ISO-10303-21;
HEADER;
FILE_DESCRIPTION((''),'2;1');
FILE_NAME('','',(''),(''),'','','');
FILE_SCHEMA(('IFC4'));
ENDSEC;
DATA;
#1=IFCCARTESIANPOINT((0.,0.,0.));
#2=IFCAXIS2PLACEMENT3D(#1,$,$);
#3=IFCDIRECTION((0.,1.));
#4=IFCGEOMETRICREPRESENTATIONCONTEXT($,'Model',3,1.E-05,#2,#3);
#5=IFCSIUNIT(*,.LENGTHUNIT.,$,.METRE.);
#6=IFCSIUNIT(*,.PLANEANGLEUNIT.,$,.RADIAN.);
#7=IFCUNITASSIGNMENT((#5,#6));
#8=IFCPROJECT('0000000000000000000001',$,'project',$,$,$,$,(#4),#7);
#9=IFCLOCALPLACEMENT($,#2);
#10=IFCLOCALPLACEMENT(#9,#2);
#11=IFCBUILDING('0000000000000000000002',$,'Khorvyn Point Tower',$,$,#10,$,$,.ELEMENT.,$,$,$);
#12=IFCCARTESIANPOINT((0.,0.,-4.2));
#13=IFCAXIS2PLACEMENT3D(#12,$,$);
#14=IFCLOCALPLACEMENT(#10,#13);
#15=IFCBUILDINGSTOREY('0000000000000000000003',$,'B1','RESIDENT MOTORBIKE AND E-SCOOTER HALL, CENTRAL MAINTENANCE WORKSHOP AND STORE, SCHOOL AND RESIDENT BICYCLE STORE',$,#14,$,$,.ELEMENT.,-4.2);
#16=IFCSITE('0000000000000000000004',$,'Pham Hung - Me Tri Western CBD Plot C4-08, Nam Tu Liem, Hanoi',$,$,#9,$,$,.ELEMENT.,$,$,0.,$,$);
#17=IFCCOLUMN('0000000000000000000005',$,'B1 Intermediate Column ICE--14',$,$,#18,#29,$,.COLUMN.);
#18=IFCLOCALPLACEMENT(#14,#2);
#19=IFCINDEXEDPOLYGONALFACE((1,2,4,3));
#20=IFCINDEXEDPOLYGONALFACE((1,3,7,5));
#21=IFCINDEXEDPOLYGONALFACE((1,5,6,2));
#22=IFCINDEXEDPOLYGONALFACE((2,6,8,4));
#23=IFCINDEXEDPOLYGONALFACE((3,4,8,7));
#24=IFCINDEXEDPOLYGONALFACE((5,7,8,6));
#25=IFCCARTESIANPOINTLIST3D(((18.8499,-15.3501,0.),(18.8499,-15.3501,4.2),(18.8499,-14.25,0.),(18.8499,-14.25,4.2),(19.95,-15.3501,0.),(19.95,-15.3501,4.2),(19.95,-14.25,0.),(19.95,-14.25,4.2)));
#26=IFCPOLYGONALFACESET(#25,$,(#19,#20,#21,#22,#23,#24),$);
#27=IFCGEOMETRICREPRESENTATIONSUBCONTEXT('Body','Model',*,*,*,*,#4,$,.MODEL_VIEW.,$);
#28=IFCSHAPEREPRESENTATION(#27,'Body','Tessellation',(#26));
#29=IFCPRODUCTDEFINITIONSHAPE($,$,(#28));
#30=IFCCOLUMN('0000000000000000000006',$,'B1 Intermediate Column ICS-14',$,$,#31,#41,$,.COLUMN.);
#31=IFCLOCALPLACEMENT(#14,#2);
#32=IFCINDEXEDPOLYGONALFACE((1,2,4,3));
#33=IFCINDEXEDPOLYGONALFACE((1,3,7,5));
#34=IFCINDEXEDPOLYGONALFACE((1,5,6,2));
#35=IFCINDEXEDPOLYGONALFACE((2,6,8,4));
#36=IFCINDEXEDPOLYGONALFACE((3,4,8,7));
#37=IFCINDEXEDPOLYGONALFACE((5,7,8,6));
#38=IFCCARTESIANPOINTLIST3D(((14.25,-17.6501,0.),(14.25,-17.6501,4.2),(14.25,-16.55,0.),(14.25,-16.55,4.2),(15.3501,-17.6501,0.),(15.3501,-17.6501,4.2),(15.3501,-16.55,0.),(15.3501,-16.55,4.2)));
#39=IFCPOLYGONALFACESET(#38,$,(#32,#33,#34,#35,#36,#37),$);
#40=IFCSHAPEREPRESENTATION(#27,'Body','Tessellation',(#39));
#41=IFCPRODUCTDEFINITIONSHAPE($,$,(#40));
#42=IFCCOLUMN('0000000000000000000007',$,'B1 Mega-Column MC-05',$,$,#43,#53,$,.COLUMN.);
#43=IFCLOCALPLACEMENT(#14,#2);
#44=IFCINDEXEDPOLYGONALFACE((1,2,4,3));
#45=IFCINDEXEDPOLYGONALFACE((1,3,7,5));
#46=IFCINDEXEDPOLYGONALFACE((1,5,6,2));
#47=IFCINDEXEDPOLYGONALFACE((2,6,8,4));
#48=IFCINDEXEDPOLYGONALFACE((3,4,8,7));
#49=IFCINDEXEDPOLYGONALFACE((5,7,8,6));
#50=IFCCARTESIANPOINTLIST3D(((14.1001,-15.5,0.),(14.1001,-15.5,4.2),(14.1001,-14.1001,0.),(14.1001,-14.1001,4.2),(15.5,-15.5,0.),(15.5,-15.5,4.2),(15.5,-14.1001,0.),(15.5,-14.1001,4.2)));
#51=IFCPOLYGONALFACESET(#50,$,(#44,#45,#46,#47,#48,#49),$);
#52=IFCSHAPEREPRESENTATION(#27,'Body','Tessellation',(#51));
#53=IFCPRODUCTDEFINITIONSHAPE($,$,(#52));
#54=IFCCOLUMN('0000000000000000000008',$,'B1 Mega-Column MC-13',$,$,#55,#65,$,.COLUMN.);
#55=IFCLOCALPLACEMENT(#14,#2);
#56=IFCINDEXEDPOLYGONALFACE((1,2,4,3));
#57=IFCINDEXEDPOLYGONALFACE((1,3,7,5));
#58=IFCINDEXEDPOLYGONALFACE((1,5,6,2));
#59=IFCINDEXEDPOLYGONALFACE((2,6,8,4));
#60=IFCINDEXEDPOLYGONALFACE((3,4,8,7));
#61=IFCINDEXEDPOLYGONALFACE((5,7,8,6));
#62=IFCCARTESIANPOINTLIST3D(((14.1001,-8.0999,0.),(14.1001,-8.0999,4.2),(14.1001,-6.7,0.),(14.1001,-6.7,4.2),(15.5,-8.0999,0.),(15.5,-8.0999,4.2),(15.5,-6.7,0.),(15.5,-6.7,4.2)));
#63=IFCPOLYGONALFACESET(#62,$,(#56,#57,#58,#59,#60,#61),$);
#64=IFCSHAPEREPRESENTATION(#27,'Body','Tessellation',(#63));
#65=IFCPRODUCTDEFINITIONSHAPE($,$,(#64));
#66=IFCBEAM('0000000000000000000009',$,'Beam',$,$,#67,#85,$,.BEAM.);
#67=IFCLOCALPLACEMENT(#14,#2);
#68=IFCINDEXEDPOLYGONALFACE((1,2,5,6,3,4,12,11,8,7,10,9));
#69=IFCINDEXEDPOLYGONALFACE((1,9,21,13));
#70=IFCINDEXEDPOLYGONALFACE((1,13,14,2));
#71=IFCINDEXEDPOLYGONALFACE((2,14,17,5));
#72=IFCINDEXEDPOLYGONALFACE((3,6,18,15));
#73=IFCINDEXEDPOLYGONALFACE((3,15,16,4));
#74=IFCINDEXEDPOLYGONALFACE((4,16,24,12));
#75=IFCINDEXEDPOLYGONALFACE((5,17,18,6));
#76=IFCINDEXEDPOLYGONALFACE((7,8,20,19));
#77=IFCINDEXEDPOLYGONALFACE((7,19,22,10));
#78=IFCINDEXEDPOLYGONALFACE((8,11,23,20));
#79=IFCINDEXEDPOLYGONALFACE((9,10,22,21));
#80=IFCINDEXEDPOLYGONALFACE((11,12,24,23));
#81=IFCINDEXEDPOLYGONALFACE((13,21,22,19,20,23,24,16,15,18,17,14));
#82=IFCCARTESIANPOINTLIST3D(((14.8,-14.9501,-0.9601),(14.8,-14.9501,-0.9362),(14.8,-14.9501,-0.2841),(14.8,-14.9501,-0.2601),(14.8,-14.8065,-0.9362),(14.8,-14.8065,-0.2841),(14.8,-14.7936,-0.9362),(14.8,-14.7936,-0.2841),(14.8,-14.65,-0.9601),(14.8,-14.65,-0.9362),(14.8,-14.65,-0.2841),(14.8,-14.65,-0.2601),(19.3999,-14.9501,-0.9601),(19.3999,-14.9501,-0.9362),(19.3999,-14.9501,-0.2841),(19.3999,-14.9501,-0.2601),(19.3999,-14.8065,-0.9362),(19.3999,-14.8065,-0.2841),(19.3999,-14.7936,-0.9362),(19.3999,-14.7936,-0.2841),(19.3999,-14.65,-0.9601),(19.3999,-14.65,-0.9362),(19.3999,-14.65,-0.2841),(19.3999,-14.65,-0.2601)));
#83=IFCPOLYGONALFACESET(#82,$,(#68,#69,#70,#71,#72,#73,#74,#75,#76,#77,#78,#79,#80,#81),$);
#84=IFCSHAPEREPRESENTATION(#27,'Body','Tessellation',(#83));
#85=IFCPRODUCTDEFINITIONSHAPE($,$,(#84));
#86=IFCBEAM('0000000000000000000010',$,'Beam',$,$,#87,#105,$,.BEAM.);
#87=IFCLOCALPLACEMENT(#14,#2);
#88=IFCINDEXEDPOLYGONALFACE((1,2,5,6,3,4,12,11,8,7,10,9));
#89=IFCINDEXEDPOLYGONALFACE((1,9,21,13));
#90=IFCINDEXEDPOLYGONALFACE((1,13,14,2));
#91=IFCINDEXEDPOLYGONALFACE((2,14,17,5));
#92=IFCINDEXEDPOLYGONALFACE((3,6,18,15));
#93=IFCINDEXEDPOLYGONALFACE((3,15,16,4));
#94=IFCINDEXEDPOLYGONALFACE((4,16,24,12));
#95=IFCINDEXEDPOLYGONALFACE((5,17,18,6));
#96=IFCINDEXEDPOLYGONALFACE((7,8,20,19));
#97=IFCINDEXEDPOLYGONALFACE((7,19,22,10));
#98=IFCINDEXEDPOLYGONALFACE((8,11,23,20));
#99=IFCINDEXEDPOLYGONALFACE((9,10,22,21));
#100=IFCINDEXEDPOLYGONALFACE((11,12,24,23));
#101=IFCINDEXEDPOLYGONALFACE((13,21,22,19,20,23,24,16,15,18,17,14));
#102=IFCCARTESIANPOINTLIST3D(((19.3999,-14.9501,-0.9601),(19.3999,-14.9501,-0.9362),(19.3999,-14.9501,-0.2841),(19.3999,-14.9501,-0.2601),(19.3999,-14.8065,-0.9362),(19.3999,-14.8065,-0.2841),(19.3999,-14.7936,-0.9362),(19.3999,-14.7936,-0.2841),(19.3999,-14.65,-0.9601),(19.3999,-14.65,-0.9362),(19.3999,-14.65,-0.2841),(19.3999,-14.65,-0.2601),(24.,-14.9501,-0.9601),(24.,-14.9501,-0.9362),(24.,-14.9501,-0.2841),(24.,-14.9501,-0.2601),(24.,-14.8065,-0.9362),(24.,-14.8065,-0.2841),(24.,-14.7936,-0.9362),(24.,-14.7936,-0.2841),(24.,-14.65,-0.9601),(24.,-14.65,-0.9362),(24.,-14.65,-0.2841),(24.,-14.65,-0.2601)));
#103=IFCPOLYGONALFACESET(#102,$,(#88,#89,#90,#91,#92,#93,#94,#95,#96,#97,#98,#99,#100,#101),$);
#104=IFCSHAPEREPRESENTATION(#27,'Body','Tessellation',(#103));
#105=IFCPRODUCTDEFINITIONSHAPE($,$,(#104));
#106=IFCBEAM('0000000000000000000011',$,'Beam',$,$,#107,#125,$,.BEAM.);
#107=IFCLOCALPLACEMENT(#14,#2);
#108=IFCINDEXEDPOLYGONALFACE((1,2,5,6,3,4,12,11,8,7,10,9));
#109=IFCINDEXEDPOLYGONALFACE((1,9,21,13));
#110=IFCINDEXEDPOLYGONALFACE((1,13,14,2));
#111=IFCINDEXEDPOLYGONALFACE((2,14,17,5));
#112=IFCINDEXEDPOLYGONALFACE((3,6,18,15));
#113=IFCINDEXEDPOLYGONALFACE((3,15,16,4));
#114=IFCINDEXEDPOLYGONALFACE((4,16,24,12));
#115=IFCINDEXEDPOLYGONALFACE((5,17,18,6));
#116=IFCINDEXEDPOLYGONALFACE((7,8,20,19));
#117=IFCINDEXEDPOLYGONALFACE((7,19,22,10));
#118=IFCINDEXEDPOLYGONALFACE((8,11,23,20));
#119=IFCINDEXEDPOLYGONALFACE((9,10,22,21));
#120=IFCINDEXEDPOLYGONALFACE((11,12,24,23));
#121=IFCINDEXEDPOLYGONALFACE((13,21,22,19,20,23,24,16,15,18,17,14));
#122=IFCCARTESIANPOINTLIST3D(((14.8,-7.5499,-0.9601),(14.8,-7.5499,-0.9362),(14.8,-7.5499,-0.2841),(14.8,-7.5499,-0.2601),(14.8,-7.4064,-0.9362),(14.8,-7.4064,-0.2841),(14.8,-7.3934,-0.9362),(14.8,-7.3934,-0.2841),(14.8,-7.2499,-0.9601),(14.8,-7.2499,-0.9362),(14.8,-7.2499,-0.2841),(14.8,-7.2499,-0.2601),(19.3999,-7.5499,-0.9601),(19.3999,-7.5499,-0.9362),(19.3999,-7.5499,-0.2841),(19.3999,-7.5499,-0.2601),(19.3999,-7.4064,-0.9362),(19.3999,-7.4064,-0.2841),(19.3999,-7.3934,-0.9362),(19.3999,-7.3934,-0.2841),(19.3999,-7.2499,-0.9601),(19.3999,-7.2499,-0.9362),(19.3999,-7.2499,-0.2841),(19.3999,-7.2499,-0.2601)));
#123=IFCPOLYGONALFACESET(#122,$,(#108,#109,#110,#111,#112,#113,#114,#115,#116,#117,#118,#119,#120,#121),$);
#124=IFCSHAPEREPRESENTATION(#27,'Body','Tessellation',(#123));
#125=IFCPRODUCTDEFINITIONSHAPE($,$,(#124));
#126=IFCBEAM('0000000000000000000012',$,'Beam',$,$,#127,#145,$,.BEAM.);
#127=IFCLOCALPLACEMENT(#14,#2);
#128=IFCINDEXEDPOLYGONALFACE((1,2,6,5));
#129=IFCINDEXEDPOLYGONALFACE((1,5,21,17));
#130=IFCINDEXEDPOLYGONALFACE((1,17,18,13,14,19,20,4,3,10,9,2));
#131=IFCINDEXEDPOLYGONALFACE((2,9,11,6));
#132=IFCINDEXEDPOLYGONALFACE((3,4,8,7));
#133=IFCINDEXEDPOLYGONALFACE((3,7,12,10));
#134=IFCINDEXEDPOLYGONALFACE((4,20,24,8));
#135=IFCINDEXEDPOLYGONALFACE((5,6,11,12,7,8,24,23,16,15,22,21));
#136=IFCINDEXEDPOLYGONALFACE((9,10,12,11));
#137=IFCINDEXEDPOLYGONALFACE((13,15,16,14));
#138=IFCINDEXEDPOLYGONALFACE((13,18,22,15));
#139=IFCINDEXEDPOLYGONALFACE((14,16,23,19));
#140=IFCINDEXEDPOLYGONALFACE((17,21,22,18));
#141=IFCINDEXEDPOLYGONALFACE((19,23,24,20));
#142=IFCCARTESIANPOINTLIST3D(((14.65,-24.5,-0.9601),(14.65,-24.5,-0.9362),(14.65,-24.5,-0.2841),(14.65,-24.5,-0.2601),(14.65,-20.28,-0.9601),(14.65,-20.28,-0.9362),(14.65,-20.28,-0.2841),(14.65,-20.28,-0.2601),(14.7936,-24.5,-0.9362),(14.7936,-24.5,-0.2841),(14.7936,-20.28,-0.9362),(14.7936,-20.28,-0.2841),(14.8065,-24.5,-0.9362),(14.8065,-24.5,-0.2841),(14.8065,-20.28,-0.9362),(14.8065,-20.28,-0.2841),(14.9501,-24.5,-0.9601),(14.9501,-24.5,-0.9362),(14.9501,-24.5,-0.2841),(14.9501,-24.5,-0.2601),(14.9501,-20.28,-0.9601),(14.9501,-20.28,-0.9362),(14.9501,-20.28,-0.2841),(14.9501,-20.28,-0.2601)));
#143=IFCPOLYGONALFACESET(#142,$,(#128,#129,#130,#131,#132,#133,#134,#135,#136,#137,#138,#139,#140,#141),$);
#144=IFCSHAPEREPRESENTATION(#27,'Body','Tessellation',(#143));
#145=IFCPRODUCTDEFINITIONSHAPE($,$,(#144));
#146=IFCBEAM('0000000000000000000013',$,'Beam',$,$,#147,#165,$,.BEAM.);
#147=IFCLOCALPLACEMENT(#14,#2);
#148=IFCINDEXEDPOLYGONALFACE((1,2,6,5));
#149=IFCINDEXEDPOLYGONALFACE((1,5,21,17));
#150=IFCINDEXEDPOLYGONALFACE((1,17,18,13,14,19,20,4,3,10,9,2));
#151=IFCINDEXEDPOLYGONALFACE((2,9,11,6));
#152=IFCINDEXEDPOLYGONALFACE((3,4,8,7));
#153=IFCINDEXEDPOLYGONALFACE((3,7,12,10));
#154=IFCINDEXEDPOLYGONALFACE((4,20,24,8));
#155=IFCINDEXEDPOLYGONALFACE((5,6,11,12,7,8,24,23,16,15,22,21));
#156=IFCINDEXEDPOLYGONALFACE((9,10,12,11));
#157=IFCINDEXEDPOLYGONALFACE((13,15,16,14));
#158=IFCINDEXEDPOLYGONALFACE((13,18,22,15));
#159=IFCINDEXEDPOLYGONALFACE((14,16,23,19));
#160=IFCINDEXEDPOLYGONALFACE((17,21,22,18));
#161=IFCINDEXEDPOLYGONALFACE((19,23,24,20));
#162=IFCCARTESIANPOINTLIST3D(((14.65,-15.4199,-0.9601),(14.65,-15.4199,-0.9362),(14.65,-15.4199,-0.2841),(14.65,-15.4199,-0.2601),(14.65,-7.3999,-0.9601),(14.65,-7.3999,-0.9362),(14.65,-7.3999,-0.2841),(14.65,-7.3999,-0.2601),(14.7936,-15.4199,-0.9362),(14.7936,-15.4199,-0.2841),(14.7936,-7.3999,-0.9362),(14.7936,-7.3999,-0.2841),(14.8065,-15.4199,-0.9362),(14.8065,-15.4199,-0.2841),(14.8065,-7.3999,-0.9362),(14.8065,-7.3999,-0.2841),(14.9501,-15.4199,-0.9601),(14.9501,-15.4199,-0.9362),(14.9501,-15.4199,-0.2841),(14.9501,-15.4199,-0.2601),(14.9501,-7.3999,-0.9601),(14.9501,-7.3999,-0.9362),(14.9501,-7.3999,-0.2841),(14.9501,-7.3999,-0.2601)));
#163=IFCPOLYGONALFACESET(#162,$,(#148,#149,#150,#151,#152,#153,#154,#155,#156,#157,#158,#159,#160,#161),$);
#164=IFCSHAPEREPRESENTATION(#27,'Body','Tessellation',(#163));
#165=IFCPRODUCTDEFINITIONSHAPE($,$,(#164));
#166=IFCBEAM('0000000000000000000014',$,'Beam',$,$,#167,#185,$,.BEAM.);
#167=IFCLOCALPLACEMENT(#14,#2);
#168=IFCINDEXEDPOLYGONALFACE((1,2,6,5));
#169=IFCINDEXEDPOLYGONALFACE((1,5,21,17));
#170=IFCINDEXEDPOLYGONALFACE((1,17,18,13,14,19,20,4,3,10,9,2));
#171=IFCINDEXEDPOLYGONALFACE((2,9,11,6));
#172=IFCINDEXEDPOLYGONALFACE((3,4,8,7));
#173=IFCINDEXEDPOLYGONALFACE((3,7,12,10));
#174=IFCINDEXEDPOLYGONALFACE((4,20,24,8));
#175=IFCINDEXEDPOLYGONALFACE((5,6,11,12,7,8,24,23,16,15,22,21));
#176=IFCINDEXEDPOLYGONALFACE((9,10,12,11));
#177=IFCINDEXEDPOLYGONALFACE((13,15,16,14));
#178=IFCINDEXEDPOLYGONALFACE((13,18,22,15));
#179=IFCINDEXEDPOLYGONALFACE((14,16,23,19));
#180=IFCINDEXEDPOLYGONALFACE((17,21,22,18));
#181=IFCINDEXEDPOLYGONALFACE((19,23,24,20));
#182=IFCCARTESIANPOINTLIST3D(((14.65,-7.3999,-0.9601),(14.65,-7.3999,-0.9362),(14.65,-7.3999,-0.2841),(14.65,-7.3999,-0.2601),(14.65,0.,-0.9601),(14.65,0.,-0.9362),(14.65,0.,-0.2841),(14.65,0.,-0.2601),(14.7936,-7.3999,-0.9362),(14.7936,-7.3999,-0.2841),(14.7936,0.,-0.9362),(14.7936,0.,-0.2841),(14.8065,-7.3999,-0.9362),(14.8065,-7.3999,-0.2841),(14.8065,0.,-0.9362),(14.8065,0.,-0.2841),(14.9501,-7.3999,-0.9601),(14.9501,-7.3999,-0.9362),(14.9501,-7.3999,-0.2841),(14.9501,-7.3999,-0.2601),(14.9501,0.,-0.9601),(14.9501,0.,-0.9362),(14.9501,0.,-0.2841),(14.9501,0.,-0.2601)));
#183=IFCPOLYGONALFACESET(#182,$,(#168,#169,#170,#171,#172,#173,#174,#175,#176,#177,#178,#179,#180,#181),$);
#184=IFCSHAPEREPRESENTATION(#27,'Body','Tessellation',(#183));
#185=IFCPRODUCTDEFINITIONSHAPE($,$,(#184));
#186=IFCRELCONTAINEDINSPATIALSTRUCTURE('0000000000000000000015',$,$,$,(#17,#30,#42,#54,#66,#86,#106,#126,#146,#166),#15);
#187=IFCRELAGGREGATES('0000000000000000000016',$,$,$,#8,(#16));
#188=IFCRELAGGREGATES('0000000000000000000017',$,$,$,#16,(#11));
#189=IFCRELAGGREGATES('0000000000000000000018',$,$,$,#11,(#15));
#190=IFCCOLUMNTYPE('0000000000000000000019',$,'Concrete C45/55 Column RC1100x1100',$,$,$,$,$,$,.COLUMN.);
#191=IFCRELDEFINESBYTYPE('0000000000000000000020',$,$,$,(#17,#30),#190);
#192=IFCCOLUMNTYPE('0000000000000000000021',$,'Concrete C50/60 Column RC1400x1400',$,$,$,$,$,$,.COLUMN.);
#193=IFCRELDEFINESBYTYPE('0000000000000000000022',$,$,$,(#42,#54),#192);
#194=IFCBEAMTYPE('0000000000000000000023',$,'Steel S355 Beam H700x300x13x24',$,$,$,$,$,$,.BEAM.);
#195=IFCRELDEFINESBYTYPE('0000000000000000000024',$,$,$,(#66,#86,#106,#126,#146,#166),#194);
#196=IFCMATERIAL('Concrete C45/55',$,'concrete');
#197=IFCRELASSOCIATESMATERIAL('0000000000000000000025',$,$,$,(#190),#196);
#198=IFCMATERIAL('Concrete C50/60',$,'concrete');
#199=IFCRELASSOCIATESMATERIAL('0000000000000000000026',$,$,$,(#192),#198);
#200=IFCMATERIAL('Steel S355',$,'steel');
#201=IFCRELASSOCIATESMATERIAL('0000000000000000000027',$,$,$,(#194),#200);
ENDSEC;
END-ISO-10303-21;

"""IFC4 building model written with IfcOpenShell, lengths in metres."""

from ifc_helpers import new_model, si_unit, direction, frame, origin, origin_2d, place, context, subcontext, project, spatial, rectangle, i_section, extrude, material, material_profile, profile_set, type_object, element, save


model = new_model("IFC4")

# Units and contexts
model_context = context("Model", 3, precision=1e-05, world=origin(), true_north=direction((0.0, 1.0)))
body_context = subcontext(model_context, "Body", "Model", "MODEL_VIEW")
ifc_project = project(units=[si_unit("LENGTHUNIT", "METRE"), si_unit("PLANEANGLEUNIT", "RADIAN")], contexts=[model_context])

# Site, building, storey
site_placement = place(None, origin())
site = spatial("IfcSite", under=ifc_project, at=site_placement, Name="Pham Hung - Me Tri Western CBD Plot C4-08, Nam Tu Liem, Hanoi", CompositionType="ELEMENT", RefElevation=0.0)
building_placement = place(site_placement, origin())
building = spatial("IfcBuilding", under=site, at=building_placement, Name="Khorvyn Point Tower", CompositionType="ELEMENT")
storey_placement = place(building_placement, frame((0.0, 0.0, -4.2)))
storey = spatial("IfcBuildingStorey", under=building, at=storey_placement, Name="B1", Description="RESIDENT MOTORBIKE AND E-SCOOTER HALL, CENTRAL MAINTENANCE WORKSHOP AND STORE, SCHOOL AND RESIDENT BICYCLE STORE", CompositionType="ELEMENT", Elevation=-4.2)

# Columns
ifc_material_1 = material(Name="Concrete C45/55", Category="concrete")
ifc_material_profile_1 = material_profile(ifc_material_1, rectangle(XDim=1.1001, YDim=1.1001, at=origin_2d()))
ifc_profile_set_1 = profile_set([ifc_material_profile_1], Name="Concrete C45/55 RC1100x1100")
column_type_1 = type_object("IfcColumnType", Name="Concrete C45/55 Column RC1100x1100", PredefinedType="COLUMN", material=ifc_profile_set_1)
for number, where, z_axis, x_axis, name in (
    (1, (19.3999, -14.8, 0.0), (0.0, 0.0, 1.0), (1.0, 0.0, 0.0), "B1 Intermediate Column ICE--14"),
    (2, (14.8, -17.1001, 0.0), (0.0, 0.0, 1.0), (1.0, 0.0, 0.0), "B1 Intermediate Column ICS-14"),
):
    element("IfcColumn", number, at=place(storey_placement, frame(where, z_axis=z_axis, x_axis=x_axis)), inside=storey, type_object=column_type_1, Name=name, PredefinedType="COLUMN", context=body_context, shape_type="SweptSolid", body=[
        extrude(rectangle(XDim=1.1001, YDim=1.1001, at=origin_2d()), origin(), (0.0, 0.0, 1.0), 4.2),
    ])
ifc_material_2 = material(Name="Concrete C50/60", Category="concrete")
ifc_material_profile_2 = material_profile(ifc_material_2, rectangle(XDim=1.3999, YDim=1.3999, at=origin_2d()))
ifc_profile_set_2 = profile_set([ifc_material_profile_2], Name="Concrete C50/60 RC1400x1400")
column_type_2 = type_object("IfcColumnType", Name="Concrete C50/60 Column RC1400x1400", PredefinedType="COLUMN", material=ifc_profile_set_2)
for number, where, z_axis, x_axis, name in (
    (3, (14.8, -14.8, 0.0), (0.0, 0.0, 1.0), (1.0, 0.0, 0.0), "B1 Mega-Column MC-05"),
    (4, (14.8, -7.3999, 0.0), (0.0, 0.0, 1.0), (1.0, 0.0, 0.0), "B1 Mega-Column MC-13"),
):
    element("IfcColumn", number, at=place(storey_placement, frame(where, z_axis=z_axis, x_axis=x_axis)), inside=storey, type_object=column_type_2, Name=name, PredefinedType="COLUMN", context=body_context, shape_type="SweptSolid", body=[
        extrude(rectangle(XDim=1.3999, YDim=1.3999, at=origin_2d()), origin(), (0.0, 0.0, 1.0), 4.2),
    ])

# Beams
ifc_material_3 = material(Name="Steel S355", Category="steel")
ifc_material_profile_3 = material_profile(ifc_material_3, i_section(OverallWidth=0.3, OverallDepth=0.7, WebThickness=0.0129, FlangeThickness=0.0239, at=origin_2d()))
ifc_profile_set_3 = profile_set([ifc_material_profile_3], Name="Steel S355 H700x300x13x24")
beam_type_1 = type_object("IfcBeamType", Name="Steel S355 Beam H700x300x13x24", PredefinedType="BEAM", material=ifc_profile_set_3)
beam_1_placement = place(storey_placement, frame((14.8, -14.8, -0.6101), z_axis=(1.0, 0.0, 0.0), x_axis=(0.0, 1.0, 0.0)))
element("IfcBeam", 5, at=beam_1_placement, inside=storey, type_object=beam_type_1, Name="Beam", PredefinedType="BEAM", context=body_context, shape_type="SweptSolid", body=[
    extrude(i_section(OverallWidth=0.3, OverallDepth=0.7, WebThickness=0.0129, FlangeThickness=0.0239, at=origin_2d()), origin(), (0.0, 0.0, 1.0), 4.5999),
])
beam_2_placement = place(storey_placement, frame((19.3999, -14.8, -0.6101), z_axis=(1.0, 0.0, 0.0), x_axis=(0.0, 1.0, 0.0)))
element("IfcBeam", 6, at=beam_2_placement, inside=storey, type_object=beam_type_1, Name="Beam", PredefinedType="BEAM", context=body_context, shape_type="SweptSolid", body=[
    extrude(i_section(OverallWidth=0.3, OverallDepth=0.7, WebThickness=0.0129, FlangeThickness=0.0239, at=origin_2d()), origin(), (0.0, 0.0, 1.0), 4.6001),
])
beam_3_placement = place(storey_placement, frame((14.8, -7.3999, -0.6101), z_axis=(1.0, 0.0, 0.0), x_axis=(0.0, 1.0, 0.0)))
element("IfcBeam", 7, at=beam_3_placement, inside=storey, type_object=beam_type_1, Name="Beam", PredefinedType="BEAM", context=body_context, shape_type="SweptSolid", body=[
    extrude(i_section(OverallWidth=0.3, OverallDepth=0.7, WebThickness=0.0129, FlangeThickness=0.0239, at=origin_2d()), origin(), (0.0, 0.0, 1.0), 4.5999),
])
beam_4_placement = place(storey_placement, frame((14.8, -24.5, -0.6101), z_axis=(0.0, 1.0, 0.0), x_axis=(-1.0, 0.0, 0.0)))
element("IfcBeam", 8, at=beam_4_placement, inside=storey, type_object=beam_type_1, Name="Beam", PredefinedType="BEAM", context=body_context, shape_type="SweptSolid", body=[
    extrude(i_section(OverallWidth=0.3, OverallDepth=0.7, WebThickness=0.0129, FlangeThickness=0.0239, at=origin_2d()), origin(), (0.0, 0.0, 1.0), 4.22),
])
beam_5_placement = place(storey_placement, frame((14.8, -15.4199, -0.6101), z_axis=(0.0, 1.0, 0.0), x_axis=(-1.0, 0.0, 0.0)))
element("IfcBeam", 9, at=beam_5_placement, inside=storey, type_object=beam_type_1, Name="Beam", PredefinedType="BEAM", context=body_context, shape_type="SweptSolid", body=[
    extrude(i_section(OverallWidth=0.3, OverallDepth=0.7, WebThickness=0.0129, FlangeThickness=0.0239, at=origin_2d()), origin(), (0.0, 0.0, 1.0), 8.02),
])
beam_6_placement = place(storey_placement, frame((14.8, -7.3999, -0.6101), z_axis=(0.0, 1.0, 0.0), x_axis=(-1.0, 0.0, 0.0)))
element("IfcBeam", 10, at=beam_6_placement, inside=storey, type_object=beam_type_1, Name="Beam", PredefinedType="BEAM", context=body_context, shape_type="SweptSolid", body=[
    extrude(i_section(OverallWidth=0.3, OverallDepth=0.7, WebThickness=0.0129, FlangeThickness=0.0239, at=origin_2d()), origin(), (0.0, 0.0, 1.0), 7.3999),
])

save(model, "model.ifc")
